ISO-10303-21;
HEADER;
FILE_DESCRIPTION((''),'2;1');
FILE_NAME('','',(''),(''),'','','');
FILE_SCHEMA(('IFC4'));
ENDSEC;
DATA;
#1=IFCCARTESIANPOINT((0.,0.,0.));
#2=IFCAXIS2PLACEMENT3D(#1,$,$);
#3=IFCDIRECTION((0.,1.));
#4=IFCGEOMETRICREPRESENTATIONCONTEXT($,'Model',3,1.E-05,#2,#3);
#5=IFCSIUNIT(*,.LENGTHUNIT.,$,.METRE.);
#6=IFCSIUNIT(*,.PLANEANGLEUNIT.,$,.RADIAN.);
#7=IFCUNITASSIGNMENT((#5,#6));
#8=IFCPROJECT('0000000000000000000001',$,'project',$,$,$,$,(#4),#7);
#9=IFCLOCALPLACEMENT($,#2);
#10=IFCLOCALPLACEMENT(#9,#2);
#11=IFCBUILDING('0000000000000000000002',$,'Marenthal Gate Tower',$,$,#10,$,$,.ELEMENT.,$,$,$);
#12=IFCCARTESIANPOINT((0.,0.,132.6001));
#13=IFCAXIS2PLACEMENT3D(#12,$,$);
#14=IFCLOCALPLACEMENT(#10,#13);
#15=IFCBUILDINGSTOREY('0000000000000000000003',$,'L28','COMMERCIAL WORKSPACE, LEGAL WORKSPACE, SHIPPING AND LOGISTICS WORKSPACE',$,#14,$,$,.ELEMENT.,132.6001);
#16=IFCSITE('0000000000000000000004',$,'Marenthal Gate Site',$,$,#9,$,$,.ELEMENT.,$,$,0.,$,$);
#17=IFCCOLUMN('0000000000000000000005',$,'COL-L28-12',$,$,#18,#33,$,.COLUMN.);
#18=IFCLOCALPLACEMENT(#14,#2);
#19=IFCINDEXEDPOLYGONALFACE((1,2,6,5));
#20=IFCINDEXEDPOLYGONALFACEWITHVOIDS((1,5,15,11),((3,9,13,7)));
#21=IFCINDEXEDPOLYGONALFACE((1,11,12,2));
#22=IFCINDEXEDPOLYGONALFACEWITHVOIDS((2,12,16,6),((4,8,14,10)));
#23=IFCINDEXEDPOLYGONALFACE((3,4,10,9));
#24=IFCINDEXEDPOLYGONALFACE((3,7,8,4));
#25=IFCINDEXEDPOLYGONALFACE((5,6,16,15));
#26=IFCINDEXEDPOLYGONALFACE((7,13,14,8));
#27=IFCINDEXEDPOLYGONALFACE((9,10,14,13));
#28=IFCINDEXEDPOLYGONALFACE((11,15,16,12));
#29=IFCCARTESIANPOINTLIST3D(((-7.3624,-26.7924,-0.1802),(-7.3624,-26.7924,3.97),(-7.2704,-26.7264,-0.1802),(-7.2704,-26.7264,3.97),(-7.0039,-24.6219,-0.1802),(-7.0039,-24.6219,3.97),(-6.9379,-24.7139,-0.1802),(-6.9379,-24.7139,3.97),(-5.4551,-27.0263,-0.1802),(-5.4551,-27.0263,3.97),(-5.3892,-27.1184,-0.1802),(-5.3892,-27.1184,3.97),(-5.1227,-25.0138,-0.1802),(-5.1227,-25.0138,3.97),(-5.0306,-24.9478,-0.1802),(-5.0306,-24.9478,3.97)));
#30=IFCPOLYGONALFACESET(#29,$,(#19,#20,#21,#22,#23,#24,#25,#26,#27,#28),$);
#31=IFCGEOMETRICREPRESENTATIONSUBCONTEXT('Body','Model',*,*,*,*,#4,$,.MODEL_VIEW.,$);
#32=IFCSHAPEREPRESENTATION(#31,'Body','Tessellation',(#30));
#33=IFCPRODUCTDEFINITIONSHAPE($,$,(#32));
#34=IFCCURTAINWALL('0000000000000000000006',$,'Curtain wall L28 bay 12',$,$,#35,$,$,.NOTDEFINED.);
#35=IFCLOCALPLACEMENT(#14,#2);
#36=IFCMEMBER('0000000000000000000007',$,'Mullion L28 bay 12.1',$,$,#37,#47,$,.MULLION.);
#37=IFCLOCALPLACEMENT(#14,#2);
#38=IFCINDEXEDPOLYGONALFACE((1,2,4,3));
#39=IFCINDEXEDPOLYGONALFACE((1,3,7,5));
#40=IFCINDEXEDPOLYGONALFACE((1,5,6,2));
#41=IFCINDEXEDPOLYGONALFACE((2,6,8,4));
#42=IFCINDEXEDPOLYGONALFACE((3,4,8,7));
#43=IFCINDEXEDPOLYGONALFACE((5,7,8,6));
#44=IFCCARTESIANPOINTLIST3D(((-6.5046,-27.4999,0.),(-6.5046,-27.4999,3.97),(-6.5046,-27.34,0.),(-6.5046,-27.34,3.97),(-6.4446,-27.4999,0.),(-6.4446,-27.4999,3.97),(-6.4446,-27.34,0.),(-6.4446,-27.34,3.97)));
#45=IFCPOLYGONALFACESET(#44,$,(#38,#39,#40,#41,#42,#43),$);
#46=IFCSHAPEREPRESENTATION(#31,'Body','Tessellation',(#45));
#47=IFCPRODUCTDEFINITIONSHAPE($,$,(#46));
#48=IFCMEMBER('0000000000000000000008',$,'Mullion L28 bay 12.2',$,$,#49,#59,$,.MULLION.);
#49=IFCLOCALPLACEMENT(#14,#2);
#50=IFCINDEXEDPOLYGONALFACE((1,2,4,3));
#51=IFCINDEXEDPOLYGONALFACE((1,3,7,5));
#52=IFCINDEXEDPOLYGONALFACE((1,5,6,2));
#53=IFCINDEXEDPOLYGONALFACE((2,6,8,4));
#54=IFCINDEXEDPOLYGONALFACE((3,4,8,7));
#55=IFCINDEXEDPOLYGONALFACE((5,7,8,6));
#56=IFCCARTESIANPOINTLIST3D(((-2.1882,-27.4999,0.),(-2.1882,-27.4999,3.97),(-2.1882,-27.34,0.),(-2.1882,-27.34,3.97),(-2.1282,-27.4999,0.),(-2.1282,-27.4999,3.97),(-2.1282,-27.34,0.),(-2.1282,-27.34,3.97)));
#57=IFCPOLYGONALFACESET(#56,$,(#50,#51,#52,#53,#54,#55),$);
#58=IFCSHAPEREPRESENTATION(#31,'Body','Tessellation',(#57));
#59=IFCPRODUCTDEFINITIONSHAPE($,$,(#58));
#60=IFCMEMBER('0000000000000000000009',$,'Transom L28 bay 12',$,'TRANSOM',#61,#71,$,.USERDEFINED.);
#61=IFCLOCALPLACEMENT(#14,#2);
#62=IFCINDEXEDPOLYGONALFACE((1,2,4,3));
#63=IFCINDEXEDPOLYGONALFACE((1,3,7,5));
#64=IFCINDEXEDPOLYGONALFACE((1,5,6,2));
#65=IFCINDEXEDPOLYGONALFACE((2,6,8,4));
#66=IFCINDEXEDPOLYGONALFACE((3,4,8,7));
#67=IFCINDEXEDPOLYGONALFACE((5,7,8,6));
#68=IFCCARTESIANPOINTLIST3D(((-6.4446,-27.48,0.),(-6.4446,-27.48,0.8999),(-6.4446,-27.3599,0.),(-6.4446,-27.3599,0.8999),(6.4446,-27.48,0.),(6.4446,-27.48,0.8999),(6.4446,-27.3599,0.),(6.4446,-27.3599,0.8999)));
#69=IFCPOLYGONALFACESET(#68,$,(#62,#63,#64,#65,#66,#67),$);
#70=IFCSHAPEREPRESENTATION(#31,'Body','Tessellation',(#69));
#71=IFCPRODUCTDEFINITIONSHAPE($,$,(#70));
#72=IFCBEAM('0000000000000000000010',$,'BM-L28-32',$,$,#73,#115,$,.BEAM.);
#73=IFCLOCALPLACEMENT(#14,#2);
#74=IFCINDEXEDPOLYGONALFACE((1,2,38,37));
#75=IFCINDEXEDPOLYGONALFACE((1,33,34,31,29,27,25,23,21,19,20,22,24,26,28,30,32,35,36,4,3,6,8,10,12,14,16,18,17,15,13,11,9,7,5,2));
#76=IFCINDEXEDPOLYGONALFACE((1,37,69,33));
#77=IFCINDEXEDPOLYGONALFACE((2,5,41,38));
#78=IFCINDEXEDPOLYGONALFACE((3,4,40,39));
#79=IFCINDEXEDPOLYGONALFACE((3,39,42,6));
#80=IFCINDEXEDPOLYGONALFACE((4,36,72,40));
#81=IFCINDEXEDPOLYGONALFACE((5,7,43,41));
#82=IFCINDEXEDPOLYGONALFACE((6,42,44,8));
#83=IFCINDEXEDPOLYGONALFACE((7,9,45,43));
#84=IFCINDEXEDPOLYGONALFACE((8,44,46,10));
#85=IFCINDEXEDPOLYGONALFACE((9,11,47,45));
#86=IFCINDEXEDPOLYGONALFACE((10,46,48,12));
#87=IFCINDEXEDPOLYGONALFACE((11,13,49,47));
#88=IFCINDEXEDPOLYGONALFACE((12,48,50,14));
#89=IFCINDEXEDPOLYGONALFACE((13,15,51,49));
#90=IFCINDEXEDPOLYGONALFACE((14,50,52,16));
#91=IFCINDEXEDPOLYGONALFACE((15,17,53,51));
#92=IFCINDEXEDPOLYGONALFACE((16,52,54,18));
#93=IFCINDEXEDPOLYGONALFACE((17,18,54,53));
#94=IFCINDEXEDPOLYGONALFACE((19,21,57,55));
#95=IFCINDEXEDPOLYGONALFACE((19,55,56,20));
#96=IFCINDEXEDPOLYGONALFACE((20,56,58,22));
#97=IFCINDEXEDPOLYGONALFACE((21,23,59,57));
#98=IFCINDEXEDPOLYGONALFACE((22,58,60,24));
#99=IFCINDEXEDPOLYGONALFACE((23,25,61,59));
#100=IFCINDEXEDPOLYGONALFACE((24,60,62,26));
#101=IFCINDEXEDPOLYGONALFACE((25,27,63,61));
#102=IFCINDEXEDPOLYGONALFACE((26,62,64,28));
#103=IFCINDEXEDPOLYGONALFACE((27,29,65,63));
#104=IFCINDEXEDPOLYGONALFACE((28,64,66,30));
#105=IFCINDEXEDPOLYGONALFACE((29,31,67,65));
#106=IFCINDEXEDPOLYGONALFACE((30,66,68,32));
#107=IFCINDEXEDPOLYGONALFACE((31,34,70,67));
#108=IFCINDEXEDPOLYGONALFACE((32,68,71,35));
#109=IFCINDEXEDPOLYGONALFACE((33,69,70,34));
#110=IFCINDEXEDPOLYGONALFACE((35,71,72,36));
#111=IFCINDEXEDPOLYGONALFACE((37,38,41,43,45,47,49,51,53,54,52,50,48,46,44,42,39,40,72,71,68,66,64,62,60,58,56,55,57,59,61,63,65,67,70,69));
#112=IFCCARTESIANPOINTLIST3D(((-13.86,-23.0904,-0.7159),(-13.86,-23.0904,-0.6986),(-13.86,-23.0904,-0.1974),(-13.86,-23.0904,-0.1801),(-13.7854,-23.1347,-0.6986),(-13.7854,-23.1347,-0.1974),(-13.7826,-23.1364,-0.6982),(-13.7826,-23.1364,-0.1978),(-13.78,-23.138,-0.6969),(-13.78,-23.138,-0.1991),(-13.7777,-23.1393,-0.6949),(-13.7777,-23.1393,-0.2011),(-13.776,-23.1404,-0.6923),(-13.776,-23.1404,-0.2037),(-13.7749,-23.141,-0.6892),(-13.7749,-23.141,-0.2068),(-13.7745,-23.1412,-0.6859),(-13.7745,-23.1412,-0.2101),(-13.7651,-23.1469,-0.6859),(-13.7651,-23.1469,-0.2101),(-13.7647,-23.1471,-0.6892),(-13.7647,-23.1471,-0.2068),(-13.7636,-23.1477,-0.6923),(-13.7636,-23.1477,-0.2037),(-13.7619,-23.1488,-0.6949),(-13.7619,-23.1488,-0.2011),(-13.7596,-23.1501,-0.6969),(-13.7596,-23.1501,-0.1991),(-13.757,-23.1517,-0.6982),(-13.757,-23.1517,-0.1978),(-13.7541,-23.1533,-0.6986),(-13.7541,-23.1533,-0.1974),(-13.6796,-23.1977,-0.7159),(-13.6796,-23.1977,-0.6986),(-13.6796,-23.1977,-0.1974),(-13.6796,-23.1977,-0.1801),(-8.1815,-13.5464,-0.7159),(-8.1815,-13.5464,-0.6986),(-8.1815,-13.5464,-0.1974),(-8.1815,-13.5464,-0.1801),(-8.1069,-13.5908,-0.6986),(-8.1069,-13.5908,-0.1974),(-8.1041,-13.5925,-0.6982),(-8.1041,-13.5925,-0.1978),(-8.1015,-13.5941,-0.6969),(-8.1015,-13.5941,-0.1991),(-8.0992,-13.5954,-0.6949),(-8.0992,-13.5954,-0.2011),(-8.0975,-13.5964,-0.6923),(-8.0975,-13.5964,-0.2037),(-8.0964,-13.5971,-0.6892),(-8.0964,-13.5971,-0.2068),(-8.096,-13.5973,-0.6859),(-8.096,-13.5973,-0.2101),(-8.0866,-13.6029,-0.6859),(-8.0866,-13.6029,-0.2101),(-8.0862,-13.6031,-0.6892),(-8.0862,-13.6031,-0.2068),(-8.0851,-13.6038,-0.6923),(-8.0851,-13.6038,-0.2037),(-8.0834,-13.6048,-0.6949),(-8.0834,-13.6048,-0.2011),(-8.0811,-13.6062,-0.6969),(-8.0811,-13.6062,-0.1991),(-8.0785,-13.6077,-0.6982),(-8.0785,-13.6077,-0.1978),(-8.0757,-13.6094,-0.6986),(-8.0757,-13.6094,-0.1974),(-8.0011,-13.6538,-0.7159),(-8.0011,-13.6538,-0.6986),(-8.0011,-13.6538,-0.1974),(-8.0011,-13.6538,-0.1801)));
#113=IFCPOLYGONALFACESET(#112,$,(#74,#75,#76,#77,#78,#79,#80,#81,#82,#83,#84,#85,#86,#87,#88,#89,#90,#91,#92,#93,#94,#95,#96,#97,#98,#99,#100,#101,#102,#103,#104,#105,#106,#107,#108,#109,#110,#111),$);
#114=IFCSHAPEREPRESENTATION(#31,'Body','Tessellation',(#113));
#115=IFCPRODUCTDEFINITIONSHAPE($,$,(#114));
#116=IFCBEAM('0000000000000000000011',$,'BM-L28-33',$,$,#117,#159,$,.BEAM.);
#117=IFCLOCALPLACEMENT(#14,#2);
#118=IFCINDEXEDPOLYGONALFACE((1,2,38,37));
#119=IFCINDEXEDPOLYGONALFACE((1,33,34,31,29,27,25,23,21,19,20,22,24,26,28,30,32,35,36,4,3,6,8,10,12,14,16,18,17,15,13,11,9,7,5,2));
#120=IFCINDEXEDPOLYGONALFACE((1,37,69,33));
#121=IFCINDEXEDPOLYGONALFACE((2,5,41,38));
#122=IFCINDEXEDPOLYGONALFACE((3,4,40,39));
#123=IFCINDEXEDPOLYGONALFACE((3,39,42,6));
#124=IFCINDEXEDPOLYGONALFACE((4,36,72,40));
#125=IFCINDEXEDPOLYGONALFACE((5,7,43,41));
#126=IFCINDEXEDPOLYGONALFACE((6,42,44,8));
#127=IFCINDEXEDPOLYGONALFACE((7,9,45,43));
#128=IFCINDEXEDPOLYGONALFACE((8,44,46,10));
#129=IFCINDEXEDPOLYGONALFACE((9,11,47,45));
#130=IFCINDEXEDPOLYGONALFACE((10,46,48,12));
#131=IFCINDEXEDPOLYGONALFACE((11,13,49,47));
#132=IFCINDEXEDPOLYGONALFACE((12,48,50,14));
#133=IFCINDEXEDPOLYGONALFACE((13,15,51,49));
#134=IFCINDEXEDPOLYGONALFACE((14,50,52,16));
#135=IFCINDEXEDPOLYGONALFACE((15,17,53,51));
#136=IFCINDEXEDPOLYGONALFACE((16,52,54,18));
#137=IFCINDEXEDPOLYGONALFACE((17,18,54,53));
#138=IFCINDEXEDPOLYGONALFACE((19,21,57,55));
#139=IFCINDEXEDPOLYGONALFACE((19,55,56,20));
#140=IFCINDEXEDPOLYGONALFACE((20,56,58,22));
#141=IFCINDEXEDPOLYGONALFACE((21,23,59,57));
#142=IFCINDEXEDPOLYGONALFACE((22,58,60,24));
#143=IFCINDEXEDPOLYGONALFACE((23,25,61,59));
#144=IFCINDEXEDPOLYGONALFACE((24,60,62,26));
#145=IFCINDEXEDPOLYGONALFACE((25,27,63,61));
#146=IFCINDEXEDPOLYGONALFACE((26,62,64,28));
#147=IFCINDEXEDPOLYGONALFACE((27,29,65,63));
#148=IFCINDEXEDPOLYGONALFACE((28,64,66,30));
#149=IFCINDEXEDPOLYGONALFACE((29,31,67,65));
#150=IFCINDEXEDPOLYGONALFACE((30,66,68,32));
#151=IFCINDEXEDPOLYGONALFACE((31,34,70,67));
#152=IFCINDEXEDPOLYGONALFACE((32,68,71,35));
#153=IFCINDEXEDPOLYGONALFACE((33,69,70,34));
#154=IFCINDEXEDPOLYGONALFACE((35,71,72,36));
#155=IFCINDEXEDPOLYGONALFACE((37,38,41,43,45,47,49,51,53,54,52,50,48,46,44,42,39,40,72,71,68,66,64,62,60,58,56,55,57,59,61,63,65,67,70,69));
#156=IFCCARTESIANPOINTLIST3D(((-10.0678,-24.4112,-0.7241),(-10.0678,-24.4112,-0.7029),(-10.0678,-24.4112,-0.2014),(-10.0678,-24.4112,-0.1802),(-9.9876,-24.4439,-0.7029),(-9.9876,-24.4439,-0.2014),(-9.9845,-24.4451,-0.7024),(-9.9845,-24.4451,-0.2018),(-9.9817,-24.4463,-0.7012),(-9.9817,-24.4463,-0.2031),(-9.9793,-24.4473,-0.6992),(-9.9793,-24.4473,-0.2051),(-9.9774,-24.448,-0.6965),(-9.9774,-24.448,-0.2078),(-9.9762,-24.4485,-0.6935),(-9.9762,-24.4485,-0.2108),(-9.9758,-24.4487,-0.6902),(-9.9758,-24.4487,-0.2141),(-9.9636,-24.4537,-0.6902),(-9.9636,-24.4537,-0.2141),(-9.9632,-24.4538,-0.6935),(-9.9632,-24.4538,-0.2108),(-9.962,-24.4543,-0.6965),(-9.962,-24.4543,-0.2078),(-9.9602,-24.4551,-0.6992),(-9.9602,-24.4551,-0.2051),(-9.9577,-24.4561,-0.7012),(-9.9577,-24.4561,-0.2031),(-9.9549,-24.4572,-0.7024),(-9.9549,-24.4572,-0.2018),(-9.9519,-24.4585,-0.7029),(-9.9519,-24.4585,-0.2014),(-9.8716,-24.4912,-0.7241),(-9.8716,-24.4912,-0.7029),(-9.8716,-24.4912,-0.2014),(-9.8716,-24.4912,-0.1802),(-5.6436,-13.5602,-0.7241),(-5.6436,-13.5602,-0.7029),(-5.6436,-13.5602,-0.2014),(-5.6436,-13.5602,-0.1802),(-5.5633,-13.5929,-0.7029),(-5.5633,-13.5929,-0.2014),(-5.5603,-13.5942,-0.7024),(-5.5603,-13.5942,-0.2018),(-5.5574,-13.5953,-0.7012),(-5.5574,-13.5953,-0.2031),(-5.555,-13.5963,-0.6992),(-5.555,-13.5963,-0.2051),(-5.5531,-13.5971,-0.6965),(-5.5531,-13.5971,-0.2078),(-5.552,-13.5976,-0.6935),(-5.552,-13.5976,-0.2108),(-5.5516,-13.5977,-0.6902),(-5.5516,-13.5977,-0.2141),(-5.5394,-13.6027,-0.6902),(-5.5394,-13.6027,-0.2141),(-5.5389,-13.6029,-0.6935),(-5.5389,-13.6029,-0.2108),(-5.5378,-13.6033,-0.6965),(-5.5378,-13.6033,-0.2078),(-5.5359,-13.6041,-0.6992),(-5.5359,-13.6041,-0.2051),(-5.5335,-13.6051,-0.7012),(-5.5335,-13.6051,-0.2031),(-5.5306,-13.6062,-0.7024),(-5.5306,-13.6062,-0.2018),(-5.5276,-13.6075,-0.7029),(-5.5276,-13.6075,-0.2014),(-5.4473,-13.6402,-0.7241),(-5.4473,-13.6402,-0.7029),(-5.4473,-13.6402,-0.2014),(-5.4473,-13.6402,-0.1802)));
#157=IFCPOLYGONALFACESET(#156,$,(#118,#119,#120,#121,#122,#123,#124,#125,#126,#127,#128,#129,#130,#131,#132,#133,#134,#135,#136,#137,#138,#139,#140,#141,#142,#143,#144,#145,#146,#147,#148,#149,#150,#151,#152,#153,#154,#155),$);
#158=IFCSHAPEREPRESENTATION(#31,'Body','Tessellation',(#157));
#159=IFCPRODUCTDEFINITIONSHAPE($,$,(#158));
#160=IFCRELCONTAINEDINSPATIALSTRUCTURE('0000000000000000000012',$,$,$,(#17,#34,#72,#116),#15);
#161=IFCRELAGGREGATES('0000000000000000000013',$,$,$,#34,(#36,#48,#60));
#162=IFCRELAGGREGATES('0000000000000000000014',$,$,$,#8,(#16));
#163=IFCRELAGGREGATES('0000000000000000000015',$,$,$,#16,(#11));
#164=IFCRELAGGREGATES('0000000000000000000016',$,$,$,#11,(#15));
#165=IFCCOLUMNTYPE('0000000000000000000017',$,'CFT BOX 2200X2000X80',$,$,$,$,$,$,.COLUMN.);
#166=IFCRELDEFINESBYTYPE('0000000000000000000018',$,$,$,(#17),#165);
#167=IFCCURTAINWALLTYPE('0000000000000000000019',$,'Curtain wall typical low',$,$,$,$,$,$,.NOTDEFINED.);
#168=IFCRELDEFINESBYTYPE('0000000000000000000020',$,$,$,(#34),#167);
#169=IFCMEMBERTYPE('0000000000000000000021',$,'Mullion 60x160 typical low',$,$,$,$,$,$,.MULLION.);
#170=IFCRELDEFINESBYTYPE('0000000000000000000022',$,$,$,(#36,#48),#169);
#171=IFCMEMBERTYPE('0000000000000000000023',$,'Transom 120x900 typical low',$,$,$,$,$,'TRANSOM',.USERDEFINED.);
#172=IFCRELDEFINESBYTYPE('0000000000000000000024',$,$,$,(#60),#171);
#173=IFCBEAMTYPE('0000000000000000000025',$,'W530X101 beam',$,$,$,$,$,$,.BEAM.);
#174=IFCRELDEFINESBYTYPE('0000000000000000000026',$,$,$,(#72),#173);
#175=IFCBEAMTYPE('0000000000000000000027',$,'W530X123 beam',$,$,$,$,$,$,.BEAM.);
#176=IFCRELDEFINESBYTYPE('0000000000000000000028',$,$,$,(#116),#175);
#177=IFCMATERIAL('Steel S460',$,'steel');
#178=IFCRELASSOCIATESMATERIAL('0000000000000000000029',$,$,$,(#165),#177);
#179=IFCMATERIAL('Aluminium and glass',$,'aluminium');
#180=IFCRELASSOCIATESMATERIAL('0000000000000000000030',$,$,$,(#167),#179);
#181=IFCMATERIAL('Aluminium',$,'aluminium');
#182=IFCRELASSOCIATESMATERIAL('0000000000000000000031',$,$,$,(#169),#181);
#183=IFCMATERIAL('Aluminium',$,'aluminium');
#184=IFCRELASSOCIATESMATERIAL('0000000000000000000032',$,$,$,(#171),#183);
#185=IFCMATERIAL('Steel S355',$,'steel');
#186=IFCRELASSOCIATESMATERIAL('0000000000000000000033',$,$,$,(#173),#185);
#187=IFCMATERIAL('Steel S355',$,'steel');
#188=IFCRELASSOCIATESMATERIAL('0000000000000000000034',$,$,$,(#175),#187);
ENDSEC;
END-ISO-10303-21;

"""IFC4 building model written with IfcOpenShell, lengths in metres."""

from ifc_helpers import new_model, si_unit, direction, frame, origin, origin_2d, place, context, subcontext, project, spatial, rectangle, hollow_rectangle, i_section, extrude, material, material_profile, profile_set, type_object, element, aggregate, save


model = new_model("IFC4")

# Units and contexts
model_context = context("Model", 3, precision=1e-05, world=origin(), true_north=direction((0.0, 1.0)))
body_context = subcontext(model_context, "Body", "Model", "MODEL_VIEW")
ifc_project = project(units=[si_unit("LENGTHUNIT", "METRE"), si_unit("PLANEANGLEUNIT", "RADIAN")], contexts=[model_context])

# Site, building, storey
site_placement = place(None, origin())
site = spatial("IfcSite", under=ifc_project, at=site_placement, Name="Marenthal Gate Site", CompositionType="ELEMENT", RefElevation=0.0)
building_placement = place(site_placement, origin())
building = spatial("IfcBuilding", under=site, at=building_placement, Name="Marenthal Gate Tower", CompositionType="ELEMENT")
storey_placement = place(building_placement, frame((0.0, 0.0, 132.6001)))
storey = spatial("IfcBuildingStorey", under=building, at=storey_placement, Name="L28", Description="COMMERCIAL WORKSPACE, LEGAL WORKSPACE, SHIPPING AND LOGISTICS WORKSPACE", CompositionType="ELEMENT", Elevation=132.6001)

# Column
ifc_material_1 = material(Name="Steel S460", Category="steel")
ifc_material_profile_1 = material_profile(ifc_material_1, hollow_rectangle(XDim=2.0, YDim=2.2, WallThickness=0.0801, at=origin_2d()), Name="CFT BOX 2200X2000X80")
ifc_material_2 = material(Name="Concrete 70 MPa", Category="concrete")
ifc_material_profile_2 = material_profile(ifc_material_2, rectangle(XDim=1.8401, YDim=2.04, at=origin_2d()), Name="CFT BOX 2200X2000X80 INFILL")
ifc_profile_set_1 = profile_set([ifc_material_profile_1, ifc_material_profile_2], Name="Steel S460 shell, Concrete 70 MPa infill")
column_type = type_object("IfcColumnType", Name="CFT BOX 2200X2000X80", PredefinedType="COLUMN", material=ifc_profile_set_1)
column_placement = place(storey_placement, frame((-6.1965, -25.8701, -0.1802), z_axis=(0.0, 0.0, 1.0), x_axis=(-0.986629, 0.16298, 0.0)))
element("IfcColumn", 1, at=column_placement, inside=storey, type_object=column_type, Name="COL-L28-12", PredefinedType="COLUMN", context=body_context, shape_type="SweptSolid", body=[
    extrude(hollow_rectangle(XDim=2.0, YDim=2.2, WallThickness=0.0801, at=origin_2d()), origin(), (0.0, 0.0, 1.0), 4.1501),
])

# Curtain wall, members
ifc_material_3 = material(Name="Aluminium and glass", Category="aluminium")
curtain_wall_type = type_object("IfcCurtainWallType", Name="Curtain wall typical low", PredefinedType="NOTDEFINED", material=ifc_material_3)
curtain_wall_placement = place(storey_placement, origin())
curtain_wall = element("IfcCurtainWall", 2, at=curtain_wall_placement, inside=storey, type_object=curtain_wall_type, Name="Curtain wall L28 bay 12", PredefinedType="NOTDEFINED")
ifc_material_4 = material(Name="Aluminium", Category="aluminium")
ifc_material_profile_3 = material_profile(ifc_material_4, rectangle(XDim=0.1599, YDim=0.0601, at=origin_2d()), Name="60x160 aluminium mullion")
ifc_profile_set_2 = profile_set([ifc_material_profile_3], Name="Aluminium")
member_type_1 = type_object("IfcMemberType", Name="Mullion 60x160 typical low", PredefinedType="MULLION", material=ifc_profile_set_2)
member_1_placement = place(storey_placement, frame((-6.4746, -27.4199, 0.0), z_axis=(0.0, 0.0, 1.0), x_axis=(0.0, 1.0, 0.0)))
member_1 = element("IfcMember", 3, at=member_1_placement, type_object=member_type_1, Name="Mullion L28 bay 12.1", PredefinedType="MULLION", context=body_context, shape_type="SweptSolid", body=[
    extrude(rectangle(XDim=0.1599, YDim=0.0601, at=origin_2d()), origin(), (0.0, 0.0, 1.0), 3.97),
])
member_2_placement = place(storey_placement, frame((-2.1582, -27.4199, 0.0), z_axis=(0.0, 0.0, 1.0), x_axis=(0.0, 1.0, 0.0)))
member_2 = element("IfcMember", 4, at=member_2_placement, type_object=member_type_1, Name="Mullion L28 bay 12.2", PredefinedType="MULLION", context=body_context, shape_type="SweptSolid", body=[
    extrude(rectangle(XDim=0.1599, YDim=0.0601, at=origin_2d()), origin(), (0.0, 0.0, 1.0), 3.97),
])
ifc_material_5 = material(Name="Aluminium", Category="aluminium")
ifc_material_profile_4 = material_profile(ifc_material_5, rectangle(XDim=0.1201, YDim=0.8999, at=origin_2d()), Name="120x900 aluminium transom")
ifc_profile_set_3 = profile_set([ifc_material_profile_4], Name="Aluminium")
member_type_2 = type_object("IfcMemberType", Name="Transom 120x900 typical low", ElementType="TRANSOM", PredefinedType="USERDEFINED", material=ifc_profile_set_3)
member_3_placement = place(storey_placement, frame((-6.4446, -27.4199, 0.45), z_axis=(1.0, 0.0, 0.0), x_axis=(0.0, 1.0, 0.0)))
member_3 = element("IfcMember", 5, at=member_3_placement, type_object=member_type_2, Name="Transom L28 bay 12", ObjectType="TRANSOM", PredefinedType="USERDEFINED", context=body_context, shape_type="SweptSolid", body=[
    extrude(rectangle(XDim=0.1201, YDim=0.8999, at=origin_2d()), origin(), (0.0, 0.0, 1.0), 12.8892),
])

# Beams
ifc_material_6 = material(Name="Steel S355", Category="steel")
ifc_material_profile_5 = material_profile(ifc_material_6, i_section(OverallWidth=0.21, OverallDepth=0.5359, WebThickness=0.011, FlangeThickness=0.0173, FilletRadius=0.0127, at=origin_2d()), Name="W530X101")
ifc_profile_set_4 = profile_set([ifc_material_profile_5], Name="Steel S355")
beam_type_1 = type_object("IfcBeamType", Name="W530X101 beam", PredefinedType="BEAM", material=ifc_profile_set_4)
beam_1_placement = place(storey_placement, frame((-13.7698, -23.144, -0.448), z_axis=(0.511321, 0.85939, 0.0), x_axis=(-0.85939, 0.511321, 0.0)))
element("IfcBeam", 6, at=beam_1_placement, inside=storey, type_object=beam_type_1, Name="BM-L28-32", PredefinedType="BEAM", context=body_context, shape_type="SweptSolid", body=[
    extrude(i_section(OverallWidth=0.21, OverallDepth=0.5359, WebThickness=0.011, FlangeThickness=0.0173, FilletRadius=0.0127, at=origin_2d()), origin(), (0.0, 0.0, 1.0), 11.1055),
])
ifc_material_7 = material(Name="Steel S355", Category="steel")
ifc_material_profile_6 = material_profile(ifc_material_7, i_section(OverallWidth=0.2119, OverallDepth=0.5439, WebThickness=0.0132, FlangeThickness=0.0212, FilletRadius=0.0127, at=origin_2d()), Name="W530X123")
ifc_profile_set_5 = profile_set([ifc_material_profile_6], Name="Steel S355")
beam_type_2 = type_object("IfcBeamType", Name="W530X123 beam", PredefinedType="BEAM", material=ifc_profile_set_5)
beam_2_placement = place(storey_placement, frame((-9.9697, -24.4512, -0.4521), z_axis=(0.377554, 0.925988, 0.0), x_axis=(-0.925988, 0.377554, 0.0)))
element("IfcBeam", 7, at=beam_2_placement, inside=storey, type_object=beam_type_2, Name="BM-L28-33", PredefinedType="BEAM", context=body_context, shape_type="SweptSolid", body=[
    extrude(i_section(OverallWidth=0.2119, OverallDepth=0.5439, WebThickness=0.0132, FlangeThickness=0.0212, FilletRadius=0.0127, at=origin_2d()), origin(), (0.0, 0.0, 1.0), 11.7183),
])

aggregate(curtain_wall, [member_1, member_2, member_3])

save(model, "model.ifc")
